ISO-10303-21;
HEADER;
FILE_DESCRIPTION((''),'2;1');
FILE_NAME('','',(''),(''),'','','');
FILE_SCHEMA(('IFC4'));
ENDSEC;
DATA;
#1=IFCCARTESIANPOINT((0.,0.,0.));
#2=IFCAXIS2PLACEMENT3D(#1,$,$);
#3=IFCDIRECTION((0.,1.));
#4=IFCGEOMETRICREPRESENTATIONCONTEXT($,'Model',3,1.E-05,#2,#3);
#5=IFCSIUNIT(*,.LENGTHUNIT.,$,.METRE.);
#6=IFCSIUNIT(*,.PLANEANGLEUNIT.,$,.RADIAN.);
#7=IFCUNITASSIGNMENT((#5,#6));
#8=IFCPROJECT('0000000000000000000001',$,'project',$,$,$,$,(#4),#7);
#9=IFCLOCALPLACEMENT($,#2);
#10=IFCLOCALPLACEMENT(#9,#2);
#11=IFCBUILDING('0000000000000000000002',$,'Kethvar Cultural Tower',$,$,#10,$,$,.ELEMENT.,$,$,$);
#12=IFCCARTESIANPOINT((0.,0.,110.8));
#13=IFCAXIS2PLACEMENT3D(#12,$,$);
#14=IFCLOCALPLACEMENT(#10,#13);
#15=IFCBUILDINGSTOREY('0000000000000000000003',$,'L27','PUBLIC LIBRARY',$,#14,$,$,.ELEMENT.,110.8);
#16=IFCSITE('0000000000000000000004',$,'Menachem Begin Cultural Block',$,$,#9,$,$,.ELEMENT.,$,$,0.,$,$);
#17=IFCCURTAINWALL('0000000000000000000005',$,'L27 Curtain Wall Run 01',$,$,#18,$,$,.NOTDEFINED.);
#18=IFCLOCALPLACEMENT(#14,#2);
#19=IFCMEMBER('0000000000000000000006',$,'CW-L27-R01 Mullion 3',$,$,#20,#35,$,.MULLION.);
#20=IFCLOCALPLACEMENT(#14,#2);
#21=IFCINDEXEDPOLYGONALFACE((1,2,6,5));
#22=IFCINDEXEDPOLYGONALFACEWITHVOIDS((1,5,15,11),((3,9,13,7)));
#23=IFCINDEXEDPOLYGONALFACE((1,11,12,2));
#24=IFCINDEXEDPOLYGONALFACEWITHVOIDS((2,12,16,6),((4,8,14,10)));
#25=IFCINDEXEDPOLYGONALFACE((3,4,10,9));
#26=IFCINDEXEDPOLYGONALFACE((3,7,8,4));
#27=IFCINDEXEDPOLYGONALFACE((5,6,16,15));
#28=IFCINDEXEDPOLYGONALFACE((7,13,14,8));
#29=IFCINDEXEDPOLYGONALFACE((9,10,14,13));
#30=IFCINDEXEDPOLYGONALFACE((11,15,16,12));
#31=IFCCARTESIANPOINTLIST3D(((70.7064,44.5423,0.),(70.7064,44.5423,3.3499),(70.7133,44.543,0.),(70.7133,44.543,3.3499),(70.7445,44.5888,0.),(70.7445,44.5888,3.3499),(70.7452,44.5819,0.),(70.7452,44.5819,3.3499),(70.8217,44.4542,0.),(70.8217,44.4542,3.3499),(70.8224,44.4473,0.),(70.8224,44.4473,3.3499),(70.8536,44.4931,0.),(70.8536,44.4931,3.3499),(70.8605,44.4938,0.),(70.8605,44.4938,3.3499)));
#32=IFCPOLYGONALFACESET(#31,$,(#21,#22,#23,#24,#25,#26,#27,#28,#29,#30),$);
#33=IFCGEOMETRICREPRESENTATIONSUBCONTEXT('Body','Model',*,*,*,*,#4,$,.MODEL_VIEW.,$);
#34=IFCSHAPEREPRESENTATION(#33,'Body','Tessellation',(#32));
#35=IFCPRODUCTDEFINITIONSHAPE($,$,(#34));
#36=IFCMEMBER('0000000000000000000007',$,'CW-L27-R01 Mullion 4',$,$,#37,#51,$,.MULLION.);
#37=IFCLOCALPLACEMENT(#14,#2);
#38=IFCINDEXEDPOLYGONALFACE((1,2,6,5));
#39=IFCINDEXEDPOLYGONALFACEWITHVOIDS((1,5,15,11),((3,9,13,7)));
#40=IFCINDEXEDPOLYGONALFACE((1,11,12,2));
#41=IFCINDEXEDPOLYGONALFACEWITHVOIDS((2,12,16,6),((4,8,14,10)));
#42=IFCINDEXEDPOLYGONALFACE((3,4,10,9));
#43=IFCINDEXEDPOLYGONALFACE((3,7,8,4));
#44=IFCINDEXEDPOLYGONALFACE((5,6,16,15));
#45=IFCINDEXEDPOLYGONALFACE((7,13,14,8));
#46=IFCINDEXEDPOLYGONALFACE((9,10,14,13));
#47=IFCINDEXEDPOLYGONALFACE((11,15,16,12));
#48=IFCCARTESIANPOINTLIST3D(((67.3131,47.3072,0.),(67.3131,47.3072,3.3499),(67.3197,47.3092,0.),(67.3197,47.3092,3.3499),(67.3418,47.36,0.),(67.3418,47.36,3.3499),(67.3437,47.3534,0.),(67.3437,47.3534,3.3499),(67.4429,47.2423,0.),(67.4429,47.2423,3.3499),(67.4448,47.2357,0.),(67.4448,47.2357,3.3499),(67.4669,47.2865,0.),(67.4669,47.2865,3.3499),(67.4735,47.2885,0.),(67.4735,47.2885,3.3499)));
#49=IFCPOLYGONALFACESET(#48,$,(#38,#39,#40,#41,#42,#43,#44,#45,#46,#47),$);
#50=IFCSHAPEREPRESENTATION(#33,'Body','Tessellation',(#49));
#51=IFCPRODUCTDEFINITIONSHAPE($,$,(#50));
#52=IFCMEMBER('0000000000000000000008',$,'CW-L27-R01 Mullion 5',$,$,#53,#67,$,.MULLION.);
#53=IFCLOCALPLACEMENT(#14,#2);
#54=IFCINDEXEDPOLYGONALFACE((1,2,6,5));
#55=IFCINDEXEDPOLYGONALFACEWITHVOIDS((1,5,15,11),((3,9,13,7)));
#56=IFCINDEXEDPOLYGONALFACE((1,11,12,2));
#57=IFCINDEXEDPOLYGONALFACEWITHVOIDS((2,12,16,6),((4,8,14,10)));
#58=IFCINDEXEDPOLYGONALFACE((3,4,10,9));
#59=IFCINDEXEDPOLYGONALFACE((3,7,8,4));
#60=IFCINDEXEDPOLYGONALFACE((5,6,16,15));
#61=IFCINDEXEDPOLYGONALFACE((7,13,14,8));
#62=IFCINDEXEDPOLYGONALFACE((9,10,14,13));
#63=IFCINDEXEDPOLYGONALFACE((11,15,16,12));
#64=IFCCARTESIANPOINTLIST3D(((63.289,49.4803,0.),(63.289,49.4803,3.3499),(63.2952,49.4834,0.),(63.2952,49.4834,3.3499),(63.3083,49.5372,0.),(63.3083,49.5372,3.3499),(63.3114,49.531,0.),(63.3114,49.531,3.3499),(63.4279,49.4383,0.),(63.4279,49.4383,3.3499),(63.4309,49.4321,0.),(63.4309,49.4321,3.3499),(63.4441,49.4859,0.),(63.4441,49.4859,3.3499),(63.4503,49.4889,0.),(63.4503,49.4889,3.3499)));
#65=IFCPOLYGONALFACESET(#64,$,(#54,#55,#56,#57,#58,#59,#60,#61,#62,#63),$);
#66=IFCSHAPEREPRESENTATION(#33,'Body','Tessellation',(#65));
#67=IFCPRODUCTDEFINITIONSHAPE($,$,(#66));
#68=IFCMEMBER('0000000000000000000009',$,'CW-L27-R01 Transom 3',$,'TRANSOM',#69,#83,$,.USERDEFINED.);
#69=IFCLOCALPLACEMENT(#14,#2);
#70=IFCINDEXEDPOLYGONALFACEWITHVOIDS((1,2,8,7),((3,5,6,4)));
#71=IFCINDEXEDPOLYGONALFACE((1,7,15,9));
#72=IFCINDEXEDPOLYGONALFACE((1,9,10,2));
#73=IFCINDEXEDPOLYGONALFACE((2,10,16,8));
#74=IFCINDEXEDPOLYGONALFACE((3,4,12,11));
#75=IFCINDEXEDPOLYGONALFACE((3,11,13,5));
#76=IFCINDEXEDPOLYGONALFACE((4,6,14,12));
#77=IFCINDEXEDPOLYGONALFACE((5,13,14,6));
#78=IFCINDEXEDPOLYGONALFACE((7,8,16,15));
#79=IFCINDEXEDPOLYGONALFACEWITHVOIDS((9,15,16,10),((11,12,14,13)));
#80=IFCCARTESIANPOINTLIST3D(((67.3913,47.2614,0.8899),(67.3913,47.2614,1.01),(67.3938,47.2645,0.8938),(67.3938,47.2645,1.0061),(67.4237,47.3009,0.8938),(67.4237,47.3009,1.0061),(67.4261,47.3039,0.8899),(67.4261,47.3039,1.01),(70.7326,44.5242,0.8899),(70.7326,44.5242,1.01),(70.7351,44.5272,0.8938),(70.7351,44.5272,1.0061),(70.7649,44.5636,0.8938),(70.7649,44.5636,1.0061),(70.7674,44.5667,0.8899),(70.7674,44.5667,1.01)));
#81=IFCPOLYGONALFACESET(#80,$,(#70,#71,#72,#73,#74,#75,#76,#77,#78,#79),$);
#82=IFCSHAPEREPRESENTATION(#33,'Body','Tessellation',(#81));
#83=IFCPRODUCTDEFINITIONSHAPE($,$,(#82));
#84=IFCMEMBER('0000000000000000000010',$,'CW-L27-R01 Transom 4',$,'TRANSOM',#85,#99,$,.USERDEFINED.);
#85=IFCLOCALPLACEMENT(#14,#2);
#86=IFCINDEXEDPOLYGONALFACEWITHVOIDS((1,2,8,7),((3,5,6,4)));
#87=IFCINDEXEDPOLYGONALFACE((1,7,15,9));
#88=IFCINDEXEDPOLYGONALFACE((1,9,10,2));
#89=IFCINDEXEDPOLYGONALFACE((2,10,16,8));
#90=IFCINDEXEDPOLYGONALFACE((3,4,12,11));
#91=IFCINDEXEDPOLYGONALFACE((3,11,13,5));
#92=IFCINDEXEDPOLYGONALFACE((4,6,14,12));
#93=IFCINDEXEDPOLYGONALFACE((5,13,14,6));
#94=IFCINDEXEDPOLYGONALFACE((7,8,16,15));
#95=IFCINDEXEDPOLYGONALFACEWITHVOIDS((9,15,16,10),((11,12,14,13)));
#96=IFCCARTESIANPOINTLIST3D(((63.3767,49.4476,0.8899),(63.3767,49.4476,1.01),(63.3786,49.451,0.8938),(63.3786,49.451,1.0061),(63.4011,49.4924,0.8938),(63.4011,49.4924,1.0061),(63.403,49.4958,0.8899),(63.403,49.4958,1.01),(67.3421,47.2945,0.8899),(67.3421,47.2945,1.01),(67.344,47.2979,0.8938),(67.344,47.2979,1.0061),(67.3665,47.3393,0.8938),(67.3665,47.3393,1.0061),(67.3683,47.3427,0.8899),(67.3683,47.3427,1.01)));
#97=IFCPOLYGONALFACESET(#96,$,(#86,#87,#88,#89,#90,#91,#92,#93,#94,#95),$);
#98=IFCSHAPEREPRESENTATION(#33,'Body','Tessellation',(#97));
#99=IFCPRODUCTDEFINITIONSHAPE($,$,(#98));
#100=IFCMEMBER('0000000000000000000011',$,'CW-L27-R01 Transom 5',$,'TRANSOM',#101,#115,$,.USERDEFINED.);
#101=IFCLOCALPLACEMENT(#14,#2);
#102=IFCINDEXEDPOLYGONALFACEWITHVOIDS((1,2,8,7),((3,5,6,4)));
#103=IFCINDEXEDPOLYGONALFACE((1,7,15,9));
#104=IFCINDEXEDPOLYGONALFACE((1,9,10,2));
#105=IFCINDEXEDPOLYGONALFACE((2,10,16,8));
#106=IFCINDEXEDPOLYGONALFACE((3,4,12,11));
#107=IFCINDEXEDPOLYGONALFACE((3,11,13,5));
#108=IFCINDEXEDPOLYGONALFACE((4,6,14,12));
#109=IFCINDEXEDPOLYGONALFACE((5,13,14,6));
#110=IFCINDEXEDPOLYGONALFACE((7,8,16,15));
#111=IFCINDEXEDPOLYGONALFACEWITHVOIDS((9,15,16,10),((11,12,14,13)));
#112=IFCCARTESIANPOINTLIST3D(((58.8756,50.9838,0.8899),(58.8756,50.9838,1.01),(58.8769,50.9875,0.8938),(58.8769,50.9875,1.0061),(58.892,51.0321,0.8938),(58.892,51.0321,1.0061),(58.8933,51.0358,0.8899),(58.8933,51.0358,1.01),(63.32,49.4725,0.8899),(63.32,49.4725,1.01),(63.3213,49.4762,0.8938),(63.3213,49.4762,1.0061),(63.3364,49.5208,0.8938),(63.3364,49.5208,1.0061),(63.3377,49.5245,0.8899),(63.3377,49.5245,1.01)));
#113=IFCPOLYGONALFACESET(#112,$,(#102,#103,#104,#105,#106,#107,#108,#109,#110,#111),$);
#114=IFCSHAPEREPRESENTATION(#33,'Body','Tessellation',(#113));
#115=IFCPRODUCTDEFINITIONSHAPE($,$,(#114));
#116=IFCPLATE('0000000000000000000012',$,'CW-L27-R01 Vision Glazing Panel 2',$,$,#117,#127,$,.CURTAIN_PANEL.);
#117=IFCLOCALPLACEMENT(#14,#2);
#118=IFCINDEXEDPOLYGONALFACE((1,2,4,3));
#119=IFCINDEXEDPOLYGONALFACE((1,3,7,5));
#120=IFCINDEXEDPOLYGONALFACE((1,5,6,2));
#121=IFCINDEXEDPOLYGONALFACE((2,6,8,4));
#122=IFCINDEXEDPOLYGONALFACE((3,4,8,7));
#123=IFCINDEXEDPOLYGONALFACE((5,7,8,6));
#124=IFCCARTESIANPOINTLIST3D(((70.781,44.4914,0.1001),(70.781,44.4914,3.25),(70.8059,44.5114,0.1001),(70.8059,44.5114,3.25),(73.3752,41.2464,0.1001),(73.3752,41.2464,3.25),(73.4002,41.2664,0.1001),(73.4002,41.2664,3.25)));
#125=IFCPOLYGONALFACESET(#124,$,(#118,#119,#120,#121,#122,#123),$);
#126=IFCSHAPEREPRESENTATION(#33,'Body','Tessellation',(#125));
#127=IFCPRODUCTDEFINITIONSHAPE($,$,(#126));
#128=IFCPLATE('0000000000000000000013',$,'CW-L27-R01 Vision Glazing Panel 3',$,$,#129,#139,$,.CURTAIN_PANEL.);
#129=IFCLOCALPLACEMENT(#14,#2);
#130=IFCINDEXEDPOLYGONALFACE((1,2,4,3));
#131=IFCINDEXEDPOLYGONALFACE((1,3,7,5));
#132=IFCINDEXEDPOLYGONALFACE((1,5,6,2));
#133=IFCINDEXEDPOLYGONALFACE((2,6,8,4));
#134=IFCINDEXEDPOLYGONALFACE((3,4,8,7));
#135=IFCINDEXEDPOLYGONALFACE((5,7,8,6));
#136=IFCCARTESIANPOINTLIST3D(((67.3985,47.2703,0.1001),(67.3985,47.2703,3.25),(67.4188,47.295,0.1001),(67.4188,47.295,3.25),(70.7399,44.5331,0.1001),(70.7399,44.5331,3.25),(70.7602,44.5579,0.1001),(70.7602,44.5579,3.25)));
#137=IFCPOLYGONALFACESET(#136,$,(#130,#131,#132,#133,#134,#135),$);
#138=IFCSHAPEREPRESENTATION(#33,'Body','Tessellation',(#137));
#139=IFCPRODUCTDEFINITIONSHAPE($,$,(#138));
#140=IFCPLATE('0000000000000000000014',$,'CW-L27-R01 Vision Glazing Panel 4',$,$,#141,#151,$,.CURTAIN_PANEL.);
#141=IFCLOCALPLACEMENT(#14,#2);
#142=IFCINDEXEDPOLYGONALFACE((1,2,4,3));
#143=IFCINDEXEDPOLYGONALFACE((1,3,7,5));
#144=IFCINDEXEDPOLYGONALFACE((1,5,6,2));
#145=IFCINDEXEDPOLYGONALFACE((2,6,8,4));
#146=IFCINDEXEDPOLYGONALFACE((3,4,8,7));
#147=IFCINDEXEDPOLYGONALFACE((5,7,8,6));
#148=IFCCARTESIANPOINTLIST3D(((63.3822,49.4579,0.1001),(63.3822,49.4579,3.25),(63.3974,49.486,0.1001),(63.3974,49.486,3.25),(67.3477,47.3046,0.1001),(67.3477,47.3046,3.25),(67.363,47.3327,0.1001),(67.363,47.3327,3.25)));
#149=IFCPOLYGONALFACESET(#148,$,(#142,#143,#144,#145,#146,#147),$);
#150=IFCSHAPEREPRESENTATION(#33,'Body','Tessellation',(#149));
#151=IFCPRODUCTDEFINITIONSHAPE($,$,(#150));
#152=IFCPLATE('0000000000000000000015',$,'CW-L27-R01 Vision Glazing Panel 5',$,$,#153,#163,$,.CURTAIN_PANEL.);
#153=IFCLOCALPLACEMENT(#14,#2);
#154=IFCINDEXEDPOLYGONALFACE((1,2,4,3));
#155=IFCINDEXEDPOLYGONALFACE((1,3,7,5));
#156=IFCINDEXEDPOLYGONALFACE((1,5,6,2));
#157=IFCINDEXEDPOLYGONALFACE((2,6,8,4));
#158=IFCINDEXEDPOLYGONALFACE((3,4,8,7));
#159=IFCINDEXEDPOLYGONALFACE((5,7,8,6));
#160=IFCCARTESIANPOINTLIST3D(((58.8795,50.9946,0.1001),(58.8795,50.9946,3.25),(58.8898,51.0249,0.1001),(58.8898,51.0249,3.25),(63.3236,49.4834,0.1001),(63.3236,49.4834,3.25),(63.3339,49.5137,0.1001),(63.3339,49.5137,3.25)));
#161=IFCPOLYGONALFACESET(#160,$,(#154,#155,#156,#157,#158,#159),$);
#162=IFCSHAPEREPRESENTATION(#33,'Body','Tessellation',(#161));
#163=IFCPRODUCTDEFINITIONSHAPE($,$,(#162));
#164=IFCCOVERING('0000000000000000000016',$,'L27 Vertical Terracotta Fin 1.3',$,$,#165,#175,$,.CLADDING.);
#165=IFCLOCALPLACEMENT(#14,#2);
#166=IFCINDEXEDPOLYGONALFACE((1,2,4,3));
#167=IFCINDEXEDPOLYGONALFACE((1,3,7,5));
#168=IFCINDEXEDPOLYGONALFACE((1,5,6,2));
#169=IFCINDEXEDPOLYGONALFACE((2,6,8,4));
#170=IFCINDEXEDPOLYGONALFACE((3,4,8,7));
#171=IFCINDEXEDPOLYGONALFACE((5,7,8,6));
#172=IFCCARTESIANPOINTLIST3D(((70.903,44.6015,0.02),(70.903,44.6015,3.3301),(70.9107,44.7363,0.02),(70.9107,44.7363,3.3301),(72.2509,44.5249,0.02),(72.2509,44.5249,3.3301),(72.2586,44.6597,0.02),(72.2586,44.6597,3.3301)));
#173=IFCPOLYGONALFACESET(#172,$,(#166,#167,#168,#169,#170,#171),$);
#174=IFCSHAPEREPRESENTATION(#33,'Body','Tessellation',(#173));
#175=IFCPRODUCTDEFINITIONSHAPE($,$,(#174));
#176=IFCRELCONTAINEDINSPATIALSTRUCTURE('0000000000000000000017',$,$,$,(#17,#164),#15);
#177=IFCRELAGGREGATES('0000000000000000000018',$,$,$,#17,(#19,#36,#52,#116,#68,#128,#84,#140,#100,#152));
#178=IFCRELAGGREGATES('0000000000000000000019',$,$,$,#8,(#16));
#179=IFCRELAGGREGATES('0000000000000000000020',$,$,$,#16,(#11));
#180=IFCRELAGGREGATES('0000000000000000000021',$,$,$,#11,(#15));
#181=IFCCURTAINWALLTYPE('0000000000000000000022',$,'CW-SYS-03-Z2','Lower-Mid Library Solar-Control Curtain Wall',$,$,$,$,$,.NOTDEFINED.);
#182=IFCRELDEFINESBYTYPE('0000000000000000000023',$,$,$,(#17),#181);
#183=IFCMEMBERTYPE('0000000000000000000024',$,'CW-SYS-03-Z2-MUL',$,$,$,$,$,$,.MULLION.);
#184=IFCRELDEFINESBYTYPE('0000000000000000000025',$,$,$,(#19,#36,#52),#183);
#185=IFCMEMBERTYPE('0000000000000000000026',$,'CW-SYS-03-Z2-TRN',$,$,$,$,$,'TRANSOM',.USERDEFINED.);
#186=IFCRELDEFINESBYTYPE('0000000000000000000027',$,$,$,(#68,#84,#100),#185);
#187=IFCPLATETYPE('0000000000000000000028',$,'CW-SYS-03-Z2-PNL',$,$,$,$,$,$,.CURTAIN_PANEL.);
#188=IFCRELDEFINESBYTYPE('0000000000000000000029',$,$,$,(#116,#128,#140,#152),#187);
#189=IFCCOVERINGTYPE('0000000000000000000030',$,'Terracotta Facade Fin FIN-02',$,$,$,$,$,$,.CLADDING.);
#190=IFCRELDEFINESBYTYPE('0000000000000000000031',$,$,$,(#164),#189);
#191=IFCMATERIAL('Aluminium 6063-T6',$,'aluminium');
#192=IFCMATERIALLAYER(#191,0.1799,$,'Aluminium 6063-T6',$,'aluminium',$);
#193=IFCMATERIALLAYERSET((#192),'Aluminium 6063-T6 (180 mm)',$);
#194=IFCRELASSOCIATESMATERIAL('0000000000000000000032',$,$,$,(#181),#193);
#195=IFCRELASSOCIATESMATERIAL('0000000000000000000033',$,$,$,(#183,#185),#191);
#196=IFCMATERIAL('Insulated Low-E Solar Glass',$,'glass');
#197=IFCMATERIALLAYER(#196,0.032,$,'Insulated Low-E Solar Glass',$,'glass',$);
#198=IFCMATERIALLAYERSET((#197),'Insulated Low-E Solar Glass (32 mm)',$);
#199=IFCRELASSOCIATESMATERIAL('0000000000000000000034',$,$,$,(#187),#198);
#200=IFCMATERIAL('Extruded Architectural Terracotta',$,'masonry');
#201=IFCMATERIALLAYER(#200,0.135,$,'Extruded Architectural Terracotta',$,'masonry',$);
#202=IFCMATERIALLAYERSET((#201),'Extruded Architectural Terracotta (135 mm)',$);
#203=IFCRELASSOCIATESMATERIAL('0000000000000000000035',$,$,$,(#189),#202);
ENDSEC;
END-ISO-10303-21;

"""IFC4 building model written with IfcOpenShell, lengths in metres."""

from ifc_helpers import new_model, si_unit, direction, frame, origin, origin_2d, place, context, subcontext, project, spatial, rectangle, hollow_rectangle, extrude, source, transform, mapped, material, layer, layer_set, material_profile, profile_set, type_object, element, aggregate, save


model = new_model("IFC4")

# Units and contexts
model_context = context("Model", 3, precision=1e-05, world=origin(), true_north=direction((0.0, 1.0)))
body_context = subcontext(model_context, "Body", "Model", "MODEL_VIEW")
ifc_project = project(units=[si_unit("LENGTHUNIT", "METRE"), si_unit("PLANEANGLEUNIT", "RADIAN")], contexts=[model_context])

# Site, building, storey
site_placement = place(None, origin())
site = spatial("IfcSite", under=ifc_project, at=site_placement, Name="Menachem Begin Cultural Block", CompositionType="ELEMENT", RefElevation=0.0)
building_placement = place(site_placement, origin())
building = spatial("IfcBuilding", under=site, at=building_placement, Name="Kethvar Cultural Tower", CompositionType="ELEMENT")
storey_placement = place(building_placement, frame((0.0, 0.0, 110.8)))
storey = spatial("IfcBuildingStorey", under=building, at=storey_placement, Name="L27", Description="PUBLIC LIBRARY", CompositionType="ELEMENT", Elevation=110.8)

# Curtain wall, members, plates
ifc_material_1 = material(Name="Aluminium 6063-T6", Category="aluminium")
ifc_layer_1 = layer(ifc_material_1, 0.1799, Name="Aluminium 6063-T6", Category="aluminium")
ifc_layer_set_1 = layer_set([ifc_layer_1], Name="Aluminium 6063-T6 (180 mm)")
curtain_wall_type = type_object("IfcCurtainWallType", Name="CW-SYS-03-Z2", Description="Lower-Mid Library Solar-Control Curtain Wall", PredefinedType="NOTDEFINED", material=ifc_layer_set_1)
curtain_wall_placement = place(storey_placement, origin())
curtain_wall = element("IfcCurtainWall", 1, at=curtain_wall_placement, inside=storey, type_object=curtain_wall_type, Name="L27 Curtain Wall Run 01", PredefinedType="NOTDEFINED")
ifc_material_profile_1 = material_profile(ifc_material_1, hollow_rectangle(XDim=0.0601, YDim=0.1499, WallThickness=0.0049, at=origin_2d()), Name="Aluminium 6063-T6 — RHS150x60x5")
ifc_profile_set_1 = profile_set([ifc_material_profile_1], Name="Aluminium 6063-T6 — RHS150x60x5")
member_type_1 = type_object("IfcMemberType", Name="CW-SYS-03-Z2-MUL", PredefinedType="MULLION", material=ifc_profile_set_1)
shared_shape_1 = source(origin(), body_context, "Body", "SweptSolid", [
    extrude(hollow_rectangle(XDim=0.0601, YDim=0.1499, WallThickness=0.0049, at=origin_2d()), origin(), (0.0, 0.0, 1.0), 3.3499),
])
member_1_placement = place(storey_placement, frame((70.7834, 44.5181, 0.0), z_axis=(0.0, 0.0, 1.0), x_axis=(-0.633691, -0.773586, 0.0)))
member_1 = element("IfcMember", 2, at=member_1_placement, type_object=member_type_1, Name="CW-L27-R01 Mullion 3", PredefinedType="MULLION", context=body_context, shape_type="MappedRepresentation", body=[
    mapped(shared_shape_1, transform((0.0, 0.0, 0.0), scale=1.0)),
])
member_2_placement = place(storey_placement, frame((67.3933, 47.2979, 0.0), z_axis=(0.0, 0.0, 1.0), x_axis=(-0.477189, -0.8788, 0.0)))
member_2 = element("IfcMember", 3, at=member_2_placement, type_object=member_type_1, Name="CW-L27-R01 Mullion 4", PredefinedType="MULLION", context=body_context, shape_type="MappedRepresentation", body=[
    mapped(shared_shape_1, transform((0.0, 0.0, 0.0), scale=1.0)),
])
member_3_placement = place(storey_placement, frame((63.3696, 49.4846, 0.0), z_axis=(0.0, 0.0, 1.0), x_axis=(-0.321952, -0.946756, 0.0)))
member_3 = element("IfcMember", 4, at=member_3_placement, type_object=member_type_1, Name="CW-L27-R01 Mullion 5", PredefinedType="MULLION", context=body_context, shape_type="MappedRepresentation", body=[
    mapped(shared_shape_1, transform((0.0, 0.0, 0.0), scale=1.0)),
])
ifc_material_profile_2 = material_profile(ifc_material_1, hollow_rectangle(XDim=0.0549, YDim=0.1201, WallThickness=0.0039, at=origin_2d()), Name="Aluminium 6063-T6 — RHS120x55x4")
ifc_profile_set_2 = profile_set([ifc_material_profile_2], Name="Aluminium 6063-T6 — RHS120x55x4")
member_type_2 = type_object("IfcMemberType", Name="CW-SYS-03-Z2-TRN", ElementType="TRANSOM", PredefinedType="USERDEFINED", material=ifc_profile_set_2)
shared_shape_2 = source(origin(), body_context, "Body", "SweptSolid", [
    extrude(hollow_rectangle(XDim=0.0549, YDim=0.1201, WallThickness=0.0039, at=origin_2d()), origin(), (0.0, 0.0, 1.0), 4.3193),
])
member_4_placement = place(storey_placement, frame((70.75, 44.5454, 0.95), z_axis=(-0.773559, 0.633724, 0.0), x_axis=(-0.633724, -0.773559, 0.0)))
member_4 = element("IfcMember", 5, at=member_4_placement, type_object=member_type_2, Name="CW-L27-R01 Transom 3", ObjectType="TRANSOM", PredefinedType="USERDEFINED", context=body_context, shape_type="MappedRepresentation", body=[
    mapped(shared_shape_2, transform((0.0, 0.0, 0.0), scale=1.0)),
])
shared_shape_3 = source(origin(), body_context, "Body", "SweptSolid", [
    extrude(hollow_rectangle(XDim=0.0549, YDim=0.1201, WallThickness=0.0039, at=origin_2d()), origin(), (0.0, 0.0, 1.0), 4.5122),
])
member_5_placement = place(storey_placement, frame((67.3552, 47.3186, 0.95), z_axis=(-0.87881, 0.477172, 0.0), x_axis=(-0.477172, -0.87881, 0.0)))
member_5 = element("IfcMember", 6, at=member_5_placement, type_object=member_type_2, Name="CW-L27-R01 Transom 4", ObjectType="TRANSOM", PredefinedType="USERDEFINED", context=body_context, shape_type="MappedRepresentation", body=[
    mapped(shared_shape_3, transform((0.0, 0.0, 0.0), scale=1.0)),
])
shared_shape_4 = source(origin(), body_context, "Body", "SweptSolid", [
    extrude(hollow_rectangle(XDim=0.0549, YDim=0.1201, WallThickness=0.0039, at=origin_2d()), origin(), (0.0, 0.0, 1.0), 4.6943),
])
member_6_placement = place(storey_placement, frame((63.3289, 49.4985, 0.95), z_axis=(-0.946763, 0.321933, 0.0), x_axis=(-0.321933, -0.946763, 0.0)))
member_6 = element("IfcMember", 7, at=member_6_placement, type_object=member_type_2, Name="CW-L27-R01 Transom 5", ObjectType="TRANSOM", PredefinedType="USERDEFINED", context=body_context, shape_type="MappedRepresentation", body=[
    mapped(shared_shape_4, transform((0.0, 0.0, 0.0), scale=1.0)),
])
ifc_material_2 = material(Name="Insulated Low-E Solar Glass", Category="glass")
ifc_layer_2 = layer(ifc_material_2, 0.032, Name="Insulated Low-E Solar Glass", Category="glass")
ifc_layer_set_2 = layer_set([ifc_layer_2], Name="Insulated Low-E Solar Glass (32 mm)")
plate_type = type_object("IfcPlateType", Name="CW-SYS-03-Z2-PNL", PredefinedType="CURTAIN_PANEL", material=ifc_layer_set_2)
shared_shape_5 = source(origin(), body_context, "Body", "SweptSolid", [
    extrude(rectangle(XDim=4.1545, YDim=0.032, at=origin_2d()), origin(), (0.0, 0.0, 1.0), 3.1499),
])
plate_1_placement = place(storey_placement, frame((72.0906, 42.8789, 0.1001), z_axis=(0.0, 0.0, 1.0), x_axis=(-0.624439, 0.781074, 0.0)))
plate_1 = element("IfcPlate", 8, at=plate_1_placement, type_object=plate_type, Name="CW-L27-R01 Vision Glazing Panel 2", PredefinedType="CURTAIN_PANEL", context=body_context, shape_type="MappedRepresentation", body=[
    mapped(shared_shape_5, transform((0.0, 0.0, 0.0), scale=1.0)),
])
shared_shape_6 = source(origin(), body_context, "Body", "SweptSolid", [
    extrude(rectangle(XDim=4.3193, YDim=0.032, at=origin_2d()), origin(), (0.0, 0.0, 1.0), 3.1499),
])
plate_2_placement = place(storey_placement, frame((69.0793, 45.9141, 0.1001), z_axis=(0.0, 0.0, 1.0), x_axis=(-0.773586, 0.633691, 0.0)))
plate_2 = element("IfcPlate", 9, at=plate_2_placement, type_object=plate_type, Name="CW-L27-R01 Vision Glazing Panel 3", PredefinedType="CURTAIN_PANEL", context=body_context, shape_type="MappedRepresentation", body=[
    mapped(shared_shape_6, transform((0.0, 0.0, 0.0), scale=1.0)),
])
shared_shape_7 = source(origin(), body_context, "Body", "SweptSolid", [
    extrude(rectangle(XDim=4.5125, YDim=0.032, at=origin_2d()), origin(), (0.0, 0.0, 1.0), 3.1499),
])
plate_3_placement = place(storey_placement, frame((65.3726, 48.3953, 0.1001), z_axis=(0.0, 0.0, 1.0), x_axis=(-0.8788, 0.477189, 0.0)))
plate_3 = element("IfcPlate", 10, at=plate_3_placement, type_object=plate_type, Name="CW-L27-R01 Vision Glazing Panel 4", PredefinedType="CURTAIN_PANEL", context=body_context, shape_type="MappedRepresentation", body=[
    mapped(shared_shape_7, transform((0.0, 0.0, 0.0), scale=1.0)),
])
shared_shape_8 = source(origin(), body_context, "Body", "SweptSolid", [
    extrude(rectangle(XDim=4.6941, YDim=0.032, at=origin_2d()), origin(), (0.0, 0.0, 1.0), 3.1499),
])
plate_4_placement = place(storey_placement, frame((61.1067, 50.2542, 0.1001), z_axis=(0.0, 0.0, 1.0), x_axis=(-0.946756, 0.321952, 0.0)))
plate_4 = element("IfcPlate", 11, at=plate_4_placement, type_object=plate_type, Name="CW-L27-R01 Vision Glazing Panel 5", PredefinedType="CURTAIN_PANEL", context=body_context, shape_type="MappedRepresentation", body=[
    mapped(shared_shape_8, transform((0.0, 0.0, 0.0), scale=1.0)),
])
aggregate(curtain_wall, [member_1, member_2, member_3, plate_1, member_4, plate_2, member_5, plate_3, member_6, plate_4])

# Covering
ifc_material_3 = material(Name="Extruded Architectural Terracotta", Category="masonry")
ifc_layer_3 = layer(ifc_material_3, 0.135, Name="Extruded Architectural Terracotta", Category="masonry")
ifc_layer_set_3 = layer_set([ifc_layer_3], Name="Extruded Architectural Terracotta (135 mm)")
covering_type = type_object("IfcCoveringType", Name="Terracotta Facade Fin FIN-02", PredefinedType="CLADDING", material=ifc_layer_set_3)
shared_shape_9 = source(origin(), body_context, "Body", "SweptSolid", [
    extrude(rectangle(XDim=1.3501, YDim=0.135, at=origin_2d()), origin(), (0.0, 0.0, 1.0), 3.3101),
])
for number, where, z_axis, x_axis, name in (
    (12, (71.5808, 44.6306, 0.02), (0.0, 0.0, 1.0), (0.998392, -0.056693, 0.0), "L27 Vertical Terracotta Fin 1.3"),
):
    element("IfcCovering", number, at=place(storey_placement, frame(where, z_axis=z_axis, x_axis=x_axis)), inside=storey, type_object=covering_type, Name=name, PredefinedType="CLADDING", context=body_context, shape_type="MappedRepresentation", body=[
        mapped(shared_shape_9, transform((0.0, 0.0, 0.0), scale=1.0)),
    ])

save(model, "model.ifc")
